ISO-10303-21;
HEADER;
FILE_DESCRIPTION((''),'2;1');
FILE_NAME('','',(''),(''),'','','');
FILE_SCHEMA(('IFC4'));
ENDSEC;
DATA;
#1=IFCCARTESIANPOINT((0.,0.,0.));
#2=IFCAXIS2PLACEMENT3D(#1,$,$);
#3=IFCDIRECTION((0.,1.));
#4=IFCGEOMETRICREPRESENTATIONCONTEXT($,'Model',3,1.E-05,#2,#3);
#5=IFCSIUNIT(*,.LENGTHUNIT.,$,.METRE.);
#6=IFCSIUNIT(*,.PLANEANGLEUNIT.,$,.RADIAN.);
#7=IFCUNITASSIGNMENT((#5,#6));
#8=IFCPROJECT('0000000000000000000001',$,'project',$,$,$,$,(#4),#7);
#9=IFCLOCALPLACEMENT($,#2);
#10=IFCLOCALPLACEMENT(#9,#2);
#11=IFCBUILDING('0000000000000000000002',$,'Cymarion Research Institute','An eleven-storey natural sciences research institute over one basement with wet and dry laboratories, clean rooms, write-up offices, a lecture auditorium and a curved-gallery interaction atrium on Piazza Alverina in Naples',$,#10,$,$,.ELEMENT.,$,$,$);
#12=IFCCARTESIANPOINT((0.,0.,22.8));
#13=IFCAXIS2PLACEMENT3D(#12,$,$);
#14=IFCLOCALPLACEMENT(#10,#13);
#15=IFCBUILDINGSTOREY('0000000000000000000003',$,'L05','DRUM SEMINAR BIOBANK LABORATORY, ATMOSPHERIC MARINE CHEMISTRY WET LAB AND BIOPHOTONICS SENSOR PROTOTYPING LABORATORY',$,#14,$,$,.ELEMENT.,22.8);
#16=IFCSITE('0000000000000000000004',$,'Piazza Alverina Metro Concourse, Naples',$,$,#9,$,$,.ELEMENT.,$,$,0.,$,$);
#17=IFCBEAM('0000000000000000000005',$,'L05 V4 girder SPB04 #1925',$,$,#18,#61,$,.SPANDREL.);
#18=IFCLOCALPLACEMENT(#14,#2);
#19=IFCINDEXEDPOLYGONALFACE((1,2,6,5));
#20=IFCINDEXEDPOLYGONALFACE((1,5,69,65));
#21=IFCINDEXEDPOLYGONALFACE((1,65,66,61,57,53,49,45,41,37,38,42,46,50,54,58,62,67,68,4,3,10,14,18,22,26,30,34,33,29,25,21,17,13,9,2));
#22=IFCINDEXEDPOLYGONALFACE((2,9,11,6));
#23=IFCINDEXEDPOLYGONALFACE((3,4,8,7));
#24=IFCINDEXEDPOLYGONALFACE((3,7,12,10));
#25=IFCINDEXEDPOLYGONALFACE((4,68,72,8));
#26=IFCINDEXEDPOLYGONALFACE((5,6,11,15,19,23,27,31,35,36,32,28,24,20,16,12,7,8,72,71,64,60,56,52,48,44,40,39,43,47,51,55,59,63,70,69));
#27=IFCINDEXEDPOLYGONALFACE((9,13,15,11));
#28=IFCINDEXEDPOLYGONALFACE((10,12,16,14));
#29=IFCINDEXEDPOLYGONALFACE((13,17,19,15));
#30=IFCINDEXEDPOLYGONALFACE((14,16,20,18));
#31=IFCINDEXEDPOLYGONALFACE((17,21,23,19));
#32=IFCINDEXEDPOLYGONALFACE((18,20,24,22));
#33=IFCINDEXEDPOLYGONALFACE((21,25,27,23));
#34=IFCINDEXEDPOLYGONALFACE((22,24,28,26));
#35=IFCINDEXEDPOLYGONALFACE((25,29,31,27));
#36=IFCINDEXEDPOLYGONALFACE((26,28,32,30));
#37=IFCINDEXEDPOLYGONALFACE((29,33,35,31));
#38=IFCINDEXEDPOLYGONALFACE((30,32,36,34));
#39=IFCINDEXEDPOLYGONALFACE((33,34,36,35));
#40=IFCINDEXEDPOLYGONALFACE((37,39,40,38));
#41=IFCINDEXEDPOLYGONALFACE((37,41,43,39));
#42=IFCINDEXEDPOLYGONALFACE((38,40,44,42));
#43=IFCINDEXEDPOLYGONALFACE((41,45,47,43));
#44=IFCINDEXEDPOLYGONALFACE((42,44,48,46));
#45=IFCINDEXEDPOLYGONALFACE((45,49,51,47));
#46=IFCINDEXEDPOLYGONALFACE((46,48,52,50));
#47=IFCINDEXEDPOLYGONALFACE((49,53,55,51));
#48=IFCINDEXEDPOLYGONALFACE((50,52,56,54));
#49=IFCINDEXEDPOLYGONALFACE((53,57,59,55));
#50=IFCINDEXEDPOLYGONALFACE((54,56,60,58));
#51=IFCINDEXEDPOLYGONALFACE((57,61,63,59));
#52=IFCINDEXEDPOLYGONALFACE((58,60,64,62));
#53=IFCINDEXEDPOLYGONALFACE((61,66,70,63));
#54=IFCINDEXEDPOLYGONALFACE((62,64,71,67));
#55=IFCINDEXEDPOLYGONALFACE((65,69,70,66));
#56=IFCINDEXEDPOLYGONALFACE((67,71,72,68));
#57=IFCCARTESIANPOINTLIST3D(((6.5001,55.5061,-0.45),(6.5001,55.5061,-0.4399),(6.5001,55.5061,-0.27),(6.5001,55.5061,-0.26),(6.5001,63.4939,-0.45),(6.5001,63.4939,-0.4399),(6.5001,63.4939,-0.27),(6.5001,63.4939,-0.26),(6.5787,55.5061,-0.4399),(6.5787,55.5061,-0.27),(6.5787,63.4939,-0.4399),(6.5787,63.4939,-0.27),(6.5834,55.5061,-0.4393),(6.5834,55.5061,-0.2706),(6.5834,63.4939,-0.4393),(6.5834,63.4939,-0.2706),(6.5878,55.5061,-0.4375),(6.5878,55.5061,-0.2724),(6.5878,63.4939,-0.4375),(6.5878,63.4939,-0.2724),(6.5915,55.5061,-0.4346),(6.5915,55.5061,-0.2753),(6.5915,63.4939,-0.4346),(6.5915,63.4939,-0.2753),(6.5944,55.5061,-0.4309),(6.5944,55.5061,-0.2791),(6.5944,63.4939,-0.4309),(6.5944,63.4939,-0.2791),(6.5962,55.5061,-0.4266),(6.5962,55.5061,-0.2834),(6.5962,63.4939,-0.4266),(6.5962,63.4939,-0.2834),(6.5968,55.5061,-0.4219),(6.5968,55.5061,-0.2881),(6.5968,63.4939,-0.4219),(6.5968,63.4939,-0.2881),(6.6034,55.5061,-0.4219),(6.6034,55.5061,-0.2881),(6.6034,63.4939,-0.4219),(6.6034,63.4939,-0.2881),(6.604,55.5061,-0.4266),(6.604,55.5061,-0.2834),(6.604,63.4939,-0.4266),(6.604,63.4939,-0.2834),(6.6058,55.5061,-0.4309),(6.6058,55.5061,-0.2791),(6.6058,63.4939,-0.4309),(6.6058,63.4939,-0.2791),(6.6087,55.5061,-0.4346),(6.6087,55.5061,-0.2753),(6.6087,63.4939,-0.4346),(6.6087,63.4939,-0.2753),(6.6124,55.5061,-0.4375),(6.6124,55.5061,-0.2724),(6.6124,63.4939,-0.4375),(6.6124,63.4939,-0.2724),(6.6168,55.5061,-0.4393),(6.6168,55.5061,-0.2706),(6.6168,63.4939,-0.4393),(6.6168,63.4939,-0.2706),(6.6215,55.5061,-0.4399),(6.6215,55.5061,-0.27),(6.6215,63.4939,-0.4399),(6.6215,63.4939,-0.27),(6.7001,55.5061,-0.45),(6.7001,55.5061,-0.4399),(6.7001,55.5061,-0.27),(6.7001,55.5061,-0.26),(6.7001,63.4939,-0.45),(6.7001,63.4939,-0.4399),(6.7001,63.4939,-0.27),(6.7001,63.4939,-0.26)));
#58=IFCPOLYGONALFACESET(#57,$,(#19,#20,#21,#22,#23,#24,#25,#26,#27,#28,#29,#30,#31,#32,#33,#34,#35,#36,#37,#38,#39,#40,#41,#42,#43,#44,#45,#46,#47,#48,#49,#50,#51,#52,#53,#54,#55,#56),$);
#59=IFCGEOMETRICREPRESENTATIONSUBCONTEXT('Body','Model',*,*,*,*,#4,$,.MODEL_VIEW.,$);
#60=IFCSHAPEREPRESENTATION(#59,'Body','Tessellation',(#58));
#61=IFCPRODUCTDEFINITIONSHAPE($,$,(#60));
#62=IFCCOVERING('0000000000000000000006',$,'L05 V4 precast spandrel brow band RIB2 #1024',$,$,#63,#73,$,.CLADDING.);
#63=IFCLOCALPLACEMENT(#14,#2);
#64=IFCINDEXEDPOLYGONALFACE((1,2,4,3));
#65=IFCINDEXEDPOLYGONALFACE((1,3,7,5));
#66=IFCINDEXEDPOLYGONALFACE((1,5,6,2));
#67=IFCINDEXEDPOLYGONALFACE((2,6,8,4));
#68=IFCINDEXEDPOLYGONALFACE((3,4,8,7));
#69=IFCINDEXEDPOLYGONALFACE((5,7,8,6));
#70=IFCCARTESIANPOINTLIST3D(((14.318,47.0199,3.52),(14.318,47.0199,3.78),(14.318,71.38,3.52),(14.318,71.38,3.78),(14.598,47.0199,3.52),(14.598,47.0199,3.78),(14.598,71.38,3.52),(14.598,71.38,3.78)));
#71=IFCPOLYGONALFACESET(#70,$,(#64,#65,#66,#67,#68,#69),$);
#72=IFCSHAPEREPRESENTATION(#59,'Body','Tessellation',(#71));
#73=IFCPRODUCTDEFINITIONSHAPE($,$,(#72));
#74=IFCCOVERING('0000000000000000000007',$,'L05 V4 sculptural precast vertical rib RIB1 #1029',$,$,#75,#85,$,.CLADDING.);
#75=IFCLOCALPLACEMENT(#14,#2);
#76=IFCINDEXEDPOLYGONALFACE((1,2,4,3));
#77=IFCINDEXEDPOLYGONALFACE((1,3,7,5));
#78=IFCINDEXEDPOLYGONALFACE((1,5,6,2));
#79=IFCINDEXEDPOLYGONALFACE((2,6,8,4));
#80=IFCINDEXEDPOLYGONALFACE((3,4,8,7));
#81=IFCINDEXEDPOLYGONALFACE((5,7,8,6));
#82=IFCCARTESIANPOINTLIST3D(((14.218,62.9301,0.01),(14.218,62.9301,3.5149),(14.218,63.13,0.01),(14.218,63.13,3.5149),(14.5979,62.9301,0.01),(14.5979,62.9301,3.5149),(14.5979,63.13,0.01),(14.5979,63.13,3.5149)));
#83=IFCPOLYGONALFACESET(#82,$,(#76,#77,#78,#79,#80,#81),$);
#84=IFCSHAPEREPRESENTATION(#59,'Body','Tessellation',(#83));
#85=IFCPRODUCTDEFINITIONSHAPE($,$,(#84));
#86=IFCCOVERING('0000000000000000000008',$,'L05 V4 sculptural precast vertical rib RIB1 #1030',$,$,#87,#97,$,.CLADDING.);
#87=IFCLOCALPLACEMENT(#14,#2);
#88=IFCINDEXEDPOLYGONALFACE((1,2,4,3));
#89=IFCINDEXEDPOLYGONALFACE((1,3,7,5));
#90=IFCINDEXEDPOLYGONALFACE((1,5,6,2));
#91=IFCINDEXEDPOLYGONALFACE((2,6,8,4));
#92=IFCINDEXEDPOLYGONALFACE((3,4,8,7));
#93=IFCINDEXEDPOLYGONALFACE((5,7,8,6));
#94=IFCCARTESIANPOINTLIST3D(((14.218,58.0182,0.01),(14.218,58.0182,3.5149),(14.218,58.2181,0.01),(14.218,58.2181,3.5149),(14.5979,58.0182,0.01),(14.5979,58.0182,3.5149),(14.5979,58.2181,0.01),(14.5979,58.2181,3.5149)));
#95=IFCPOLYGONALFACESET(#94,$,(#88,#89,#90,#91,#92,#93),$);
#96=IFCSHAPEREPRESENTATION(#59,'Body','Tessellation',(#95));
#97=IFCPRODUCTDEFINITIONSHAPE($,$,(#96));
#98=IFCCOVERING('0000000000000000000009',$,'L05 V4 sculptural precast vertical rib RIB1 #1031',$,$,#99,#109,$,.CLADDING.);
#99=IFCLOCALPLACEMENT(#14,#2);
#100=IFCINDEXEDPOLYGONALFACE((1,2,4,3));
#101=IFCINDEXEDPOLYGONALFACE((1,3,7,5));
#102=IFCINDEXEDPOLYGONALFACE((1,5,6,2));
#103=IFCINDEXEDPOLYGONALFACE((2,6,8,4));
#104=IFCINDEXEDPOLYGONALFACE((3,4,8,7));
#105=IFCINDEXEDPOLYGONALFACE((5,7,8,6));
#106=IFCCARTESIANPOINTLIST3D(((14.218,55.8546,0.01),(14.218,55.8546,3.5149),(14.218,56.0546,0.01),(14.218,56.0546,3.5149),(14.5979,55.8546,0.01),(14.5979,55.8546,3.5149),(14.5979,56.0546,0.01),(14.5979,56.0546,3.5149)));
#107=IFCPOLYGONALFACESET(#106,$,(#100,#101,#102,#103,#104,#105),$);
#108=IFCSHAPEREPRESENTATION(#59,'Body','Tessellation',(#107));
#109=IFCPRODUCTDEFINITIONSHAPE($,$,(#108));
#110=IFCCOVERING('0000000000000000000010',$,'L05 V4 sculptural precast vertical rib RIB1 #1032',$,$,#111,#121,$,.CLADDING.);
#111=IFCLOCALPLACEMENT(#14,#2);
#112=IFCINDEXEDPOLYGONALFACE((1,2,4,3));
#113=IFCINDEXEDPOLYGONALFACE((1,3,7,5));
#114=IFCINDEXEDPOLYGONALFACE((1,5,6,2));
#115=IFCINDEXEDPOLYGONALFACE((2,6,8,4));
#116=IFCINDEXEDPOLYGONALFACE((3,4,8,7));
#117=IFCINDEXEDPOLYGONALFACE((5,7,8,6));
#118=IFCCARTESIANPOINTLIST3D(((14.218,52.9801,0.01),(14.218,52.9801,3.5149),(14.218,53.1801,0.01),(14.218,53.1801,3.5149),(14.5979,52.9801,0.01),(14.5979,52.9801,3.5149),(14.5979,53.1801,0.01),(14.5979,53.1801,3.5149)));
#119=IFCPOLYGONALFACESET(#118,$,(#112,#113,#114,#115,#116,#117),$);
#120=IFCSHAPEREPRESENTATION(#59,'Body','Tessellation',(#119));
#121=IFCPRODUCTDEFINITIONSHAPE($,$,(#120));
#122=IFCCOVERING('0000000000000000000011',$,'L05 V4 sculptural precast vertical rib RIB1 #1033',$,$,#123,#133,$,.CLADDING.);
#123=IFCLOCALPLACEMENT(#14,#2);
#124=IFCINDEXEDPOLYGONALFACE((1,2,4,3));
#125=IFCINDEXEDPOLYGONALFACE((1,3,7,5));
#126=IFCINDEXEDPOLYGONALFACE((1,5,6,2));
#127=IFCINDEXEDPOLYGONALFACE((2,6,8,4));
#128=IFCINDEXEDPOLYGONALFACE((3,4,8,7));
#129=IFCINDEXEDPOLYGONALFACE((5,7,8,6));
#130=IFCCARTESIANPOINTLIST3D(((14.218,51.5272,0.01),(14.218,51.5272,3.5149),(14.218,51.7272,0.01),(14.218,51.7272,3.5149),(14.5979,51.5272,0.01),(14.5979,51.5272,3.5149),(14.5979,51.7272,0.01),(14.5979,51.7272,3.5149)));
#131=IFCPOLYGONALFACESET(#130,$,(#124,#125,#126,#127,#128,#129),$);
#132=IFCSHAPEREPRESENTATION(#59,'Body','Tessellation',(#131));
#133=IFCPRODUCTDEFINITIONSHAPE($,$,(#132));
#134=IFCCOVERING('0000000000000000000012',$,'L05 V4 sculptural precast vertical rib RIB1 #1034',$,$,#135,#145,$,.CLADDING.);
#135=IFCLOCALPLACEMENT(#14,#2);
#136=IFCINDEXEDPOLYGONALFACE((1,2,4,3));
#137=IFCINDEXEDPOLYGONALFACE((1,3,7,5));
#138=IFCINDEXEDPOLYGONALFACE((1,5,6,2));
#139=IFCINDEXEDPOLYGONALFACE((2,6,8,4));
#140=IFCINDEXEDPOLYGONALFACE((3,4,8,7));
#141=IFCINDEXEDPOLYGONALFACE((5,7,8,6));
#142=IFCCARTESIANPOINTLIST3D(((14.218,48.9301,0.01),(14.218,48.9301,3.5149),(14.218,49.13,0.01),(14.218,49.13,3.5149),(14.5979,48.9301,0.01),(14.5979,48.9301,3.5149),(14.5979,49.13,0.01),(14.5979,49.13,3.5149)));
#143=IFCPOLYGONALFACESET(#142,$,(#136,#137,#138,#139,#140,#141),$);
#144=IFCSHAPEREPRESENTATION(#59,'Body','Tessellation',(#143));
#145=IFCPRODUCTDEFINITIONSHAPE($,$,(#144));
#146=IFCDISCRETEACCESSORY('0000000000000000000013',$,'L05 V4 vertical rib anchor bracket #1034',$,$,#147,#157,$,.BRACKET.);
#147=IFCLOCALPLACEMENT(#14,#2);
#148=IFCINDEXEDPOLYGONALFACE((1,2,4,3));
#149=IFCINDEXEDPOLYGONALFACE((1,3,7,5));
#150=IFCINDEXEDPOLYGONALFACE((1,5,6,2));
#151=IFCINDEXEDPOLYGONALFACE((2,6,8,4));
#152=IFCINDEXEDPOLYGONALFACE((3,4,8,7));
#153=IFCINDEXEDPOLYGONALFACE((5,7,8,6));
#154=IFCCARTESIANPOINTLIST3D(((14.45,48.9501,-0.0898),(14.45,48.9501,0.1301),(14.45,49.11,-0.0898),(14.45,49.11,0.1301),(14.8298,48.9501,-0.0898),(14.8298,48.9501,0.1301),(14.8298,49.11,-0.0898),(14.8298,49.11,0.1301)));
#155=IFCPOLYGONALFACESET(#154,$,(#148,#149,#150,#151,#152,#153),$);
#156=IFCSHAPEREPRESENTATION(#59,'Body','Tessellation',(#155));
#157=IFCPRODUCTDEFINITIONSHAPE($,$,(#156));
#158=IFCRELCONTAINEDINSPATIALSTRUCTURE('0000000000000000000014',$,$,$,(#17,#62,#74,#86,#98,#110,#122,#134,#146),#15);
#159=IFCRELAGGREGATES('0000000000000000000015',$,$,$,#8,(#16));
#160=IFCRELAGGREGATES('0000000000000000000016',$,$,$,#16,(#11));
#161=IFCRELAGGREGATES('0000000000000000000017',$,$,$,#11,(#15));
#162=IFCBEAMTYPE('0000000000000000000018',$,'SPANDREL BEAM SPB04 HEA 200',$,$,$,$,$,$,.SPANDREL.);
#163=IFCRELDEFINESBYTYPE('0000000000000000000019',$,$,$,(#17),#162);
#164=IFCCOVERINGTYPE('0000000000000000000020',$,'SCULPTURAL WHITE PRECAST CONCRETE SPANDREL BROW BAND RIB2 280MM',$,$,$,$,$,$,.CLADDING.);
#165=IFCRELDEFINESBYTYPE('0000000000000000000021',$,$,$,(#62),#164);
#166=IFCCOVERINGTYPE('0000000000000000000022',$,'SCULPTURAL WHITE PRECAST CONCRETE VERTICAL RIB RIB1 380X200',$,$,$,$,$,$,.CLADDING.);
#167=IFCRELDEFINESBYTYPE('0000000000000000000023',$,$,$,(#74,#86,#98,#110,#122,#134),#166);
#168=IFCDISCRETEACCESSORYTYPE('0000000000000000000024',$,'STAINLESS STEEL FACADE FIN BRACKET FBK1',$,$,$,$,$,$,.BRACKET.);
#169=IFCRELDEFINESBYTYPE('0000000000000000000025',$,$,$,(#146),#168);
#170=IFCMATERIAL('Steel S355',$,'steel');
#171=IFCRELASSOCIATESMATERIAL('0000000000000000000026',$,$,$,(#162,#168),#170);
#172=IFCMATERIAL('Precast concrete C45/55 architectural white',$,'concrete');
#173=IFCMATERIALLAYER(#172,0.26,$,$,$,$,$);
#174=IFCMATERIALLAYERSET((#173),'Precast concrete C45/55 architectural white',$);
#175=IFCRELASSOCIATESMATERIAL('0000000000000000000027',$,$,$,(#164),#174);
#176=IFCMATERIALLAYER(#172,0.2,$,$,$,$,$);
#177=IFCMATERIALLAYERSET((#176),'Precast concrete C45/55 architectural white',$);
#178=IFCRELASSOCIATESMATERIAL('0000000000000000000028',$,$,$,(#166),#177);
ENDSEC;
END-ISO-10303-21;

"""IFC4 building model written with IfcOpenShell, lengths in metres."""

from ifc_helpers import new_model, si_unit, direction, frame, origin, origin_2d, place, context, subcontext, project, spatial, rectangle, i_section, extrude, material, layer, layer_set, material_profile, profile_set, type_object, element, save


model = new_model("IFC4")

# Units and contexts
model_context = context("Model", 3, precision=1e-05, world=origin(), true_north=direction((0.0, 1.0)))
body_context = subcontext(model_context, "Body", "Model", "MODEL_VIEW")
ifc_project = project(units=[si_unit("LENGTHUNIT", "METRE"), si_unit("PLANEANGLEUNIT", "RADIAN")], contexts=[model_context])

# Site, building, storey
site_placement = place(None, origin())
site = spatial("IfcSite", under=ifc_project, at=site_placement, Name="Piazza Alverina Metro Concourse, Naples", CompositionType="ELEMENT", RefElevation=0.0)
building_placement = place(site_placement, origin())
building = spatial("IfcBuilding", under=site, at=building_placement, Name="Cymarion Research Institute", Description="An eleven-storey natural sciences research institute over one basement with wet and dry laboratories, clean rooms, write-up offices, a lecture auditorium and a curved-gallery interaction atrium on Piazza Alverina in Naples", CompositionType="ELEMENT")
storey_placement = place(building_placement, frame((0.0, 0.0, 22.8)))
storey = spatial("IfcBuildingStorey", under=building, at=storey_placement, Name="L05", Description="DRUM SEMINAR BIOBANK LABORATORY, ATMOSPHERIC MARINE CHEMISTRY WET LAB AND BIOPHOTONICS SENSOR PROTOTYPING LABORATORY", CompositionType="ELEMENT", Elevation=22.8)

# Beam
ifc_material_1 = material(Name="Steel S355", Category="steel")
ifc_material_profile_1 = material_profile(ifc_material_1, i_section(OverallWidth=0.2, OverallDepth=0.1899, WebThickness=0.0066, FlangeThickness=0.01, FilletRadius=0.0181, at=origin_2d()), Name="HEA 200")
ifc_profile_set_1 = profile_set([ifc_material_profile_1], Name="Steel S355")
beam_type_1 = type_object("IfcBeamType", Name="SPANDREL BEAM SPB04 HEA 200", PredefinedType="SPANDREL", material=ifc_profile_set_1)
for number, where, z_axis, x_axis, name in (
    (1, (6.6001, 55.5061, -0.355), (0.0, 1.0, 0.0), (-1.0, 0.0, 0.0), "L05 V4 girder SPB04 #1925"),
):
    element("IfcBeam", number, at=place(storey_placement, frame(where, z_axis=z_axis, x_axis=x_axis)), inside=storey, type_object=beam_type_1, Name=name, PredefinedType="SPANDREL", context=body_context, shape_type="SweptSolid", body=[
        extrude(i_section(OverallWidth=0.2, OverallDepth=0.1899, WebThickness=0.0066, FlangeThickness=0.01, FilletRadius=0.0181, at=origin_2d()), origin(), (0.0, 0.0, 1.0), 7.9878),
    ])

# Coverings
ifc_material_2 = material(Name="Precast concrete C45/55 architectural white", Category="concrete")
ifc_layer_1 = layer(ifc_material_2, 0.26)
ifc_layer_set_1 = layer_set([ifc_layer_1], Name="Precast concrete C45/55 architectural white")
covering_type_1 = type_object("IfcCoveringType", Name="SCULPTURAL WHITE PRECAST CONCRETE SPANDREL BROW BAND RIB2 280MM", PredefinedType="CLADDING", material=ifc_layer_set_1)
covering_placement = place(storey_placement, frame((14.458, 59.2, 3.52), z_axis=(0.0, 0.0, 1.0), x_axis=(-1.0, 0.0, 0.0)))
element("IfcCovering", 2, at=covering_placement, inside=storey, type_object=covering_type_1, Name="L05 V4 precast spandrel brow band RIB2 #1024", PredefinedType="CLADDING", context=body_context, shape_type="SweptSolid", body=[
    extrude(rectangle(XDim=0.28, YDim=24.3601, at=origin_2d()), origin(), (0.0, 0.0, 1.0), 0.26),
])
ifc_layer_2 = layer(ifc_material_2, 0.2)
ifc_layer_set_2 = layer_set([ifc_layer_2], Name="Precast concrete C45/55 architectural white")
covering_type_2 = type_object("IfcCoveringType", Name="SCULPTURAL WHITE PRECAST CONCRETE VERTICAL RIB RIB1 380X200", PredefinedType="CLADDING", material=ifc_layer_set_2)
for number, where, z_axis, x_axis, name in (
    (3, (14.408, 63.03, 0.01), (0.0, 0.0, 1.0), (-1.0, 0.0, 0.0), "L05 V4 sculptural precast vertical rib RIB1 #1029"),
    (4, (14.408, 58.1182, 0.01), (0.0, 0.0, 1.0), (-1.0, 0.0, 0.0), "L05 V4 sculptural precast vertical rib RIB1 #1030"),
    (5, (14.408, 55.9546, 0.01), (0.0, 0.0, 1.0), (-1.0, 0.0, 0.0), "L05 V4 sculptural precast vertical rib RIB1 #1031"),
    (6, (14.408, 53.0801, 0.01), (0.0, 0.0, 1.0), (-1.0, 0.0, 0.0), "L05 V4 sculptural precast vertical rib RIB1 #1032"),
    (7, (14.408, 51.6272, 0.01), (0.0, 0.0, 1.0), (-1.0, 0.0, 0.0), "L05 V4 sculptural precast vertical rib RIB1 #1033"),
    (8, (14.408, 49.03, 0.01), (0.0, 0.0, 1.0), (-1.0, 0.0, 0.0), "L05 V4 sculptural precast vertical rib RIB1 #1034"),
):
    element("IfcCovering", number, at=place(storey_placement, frame(where, z_axis=z_axis, x_axis=x_axis)), inside=storey, type_object=covering_type_2, Name=name, PredefinedType="CLADDING", context=body_context, shape_type="SweptSolid", body=[
        extrude(rectangle(XDim=0.3799, YDim=0.2, at=origin_2d()), origin(), (0.0, 0.0, 1.0), 3.5049),
    ])

# Discrete accessory
discrete_accessory_type = type_object("IfcDiscreteAccessoryType", Name="STAINLESS STEEL FACADE FIN BRACKET FBK1", PredefinedType="BRACKET", material=ifc_material_1)
discrete_accessory_placement = place(storey_placement, frame((14.6399, 49.03, -0.0898), z_axis=(0.0, 0.0, 1.0), x_axis=(-1.0, 0.0, 0.0)))
element("IfcDiscreteAccessory", 9, at=discrete_accessory_placement, inside=storey, type_object=discrete_accessory_type, Name="L05 V4 vertical rib anchor bracket #1034", PredefinedType="BRACKET", context=body_context, shape_type="SweptSolid", body=[
    extrude(rectangle(XDim=0.3799, YDim=0.1599, at=origin_2d()), origin(), (0.0, 0.0, 1.0), 0.22),
])

save(model, "model.ifc")
